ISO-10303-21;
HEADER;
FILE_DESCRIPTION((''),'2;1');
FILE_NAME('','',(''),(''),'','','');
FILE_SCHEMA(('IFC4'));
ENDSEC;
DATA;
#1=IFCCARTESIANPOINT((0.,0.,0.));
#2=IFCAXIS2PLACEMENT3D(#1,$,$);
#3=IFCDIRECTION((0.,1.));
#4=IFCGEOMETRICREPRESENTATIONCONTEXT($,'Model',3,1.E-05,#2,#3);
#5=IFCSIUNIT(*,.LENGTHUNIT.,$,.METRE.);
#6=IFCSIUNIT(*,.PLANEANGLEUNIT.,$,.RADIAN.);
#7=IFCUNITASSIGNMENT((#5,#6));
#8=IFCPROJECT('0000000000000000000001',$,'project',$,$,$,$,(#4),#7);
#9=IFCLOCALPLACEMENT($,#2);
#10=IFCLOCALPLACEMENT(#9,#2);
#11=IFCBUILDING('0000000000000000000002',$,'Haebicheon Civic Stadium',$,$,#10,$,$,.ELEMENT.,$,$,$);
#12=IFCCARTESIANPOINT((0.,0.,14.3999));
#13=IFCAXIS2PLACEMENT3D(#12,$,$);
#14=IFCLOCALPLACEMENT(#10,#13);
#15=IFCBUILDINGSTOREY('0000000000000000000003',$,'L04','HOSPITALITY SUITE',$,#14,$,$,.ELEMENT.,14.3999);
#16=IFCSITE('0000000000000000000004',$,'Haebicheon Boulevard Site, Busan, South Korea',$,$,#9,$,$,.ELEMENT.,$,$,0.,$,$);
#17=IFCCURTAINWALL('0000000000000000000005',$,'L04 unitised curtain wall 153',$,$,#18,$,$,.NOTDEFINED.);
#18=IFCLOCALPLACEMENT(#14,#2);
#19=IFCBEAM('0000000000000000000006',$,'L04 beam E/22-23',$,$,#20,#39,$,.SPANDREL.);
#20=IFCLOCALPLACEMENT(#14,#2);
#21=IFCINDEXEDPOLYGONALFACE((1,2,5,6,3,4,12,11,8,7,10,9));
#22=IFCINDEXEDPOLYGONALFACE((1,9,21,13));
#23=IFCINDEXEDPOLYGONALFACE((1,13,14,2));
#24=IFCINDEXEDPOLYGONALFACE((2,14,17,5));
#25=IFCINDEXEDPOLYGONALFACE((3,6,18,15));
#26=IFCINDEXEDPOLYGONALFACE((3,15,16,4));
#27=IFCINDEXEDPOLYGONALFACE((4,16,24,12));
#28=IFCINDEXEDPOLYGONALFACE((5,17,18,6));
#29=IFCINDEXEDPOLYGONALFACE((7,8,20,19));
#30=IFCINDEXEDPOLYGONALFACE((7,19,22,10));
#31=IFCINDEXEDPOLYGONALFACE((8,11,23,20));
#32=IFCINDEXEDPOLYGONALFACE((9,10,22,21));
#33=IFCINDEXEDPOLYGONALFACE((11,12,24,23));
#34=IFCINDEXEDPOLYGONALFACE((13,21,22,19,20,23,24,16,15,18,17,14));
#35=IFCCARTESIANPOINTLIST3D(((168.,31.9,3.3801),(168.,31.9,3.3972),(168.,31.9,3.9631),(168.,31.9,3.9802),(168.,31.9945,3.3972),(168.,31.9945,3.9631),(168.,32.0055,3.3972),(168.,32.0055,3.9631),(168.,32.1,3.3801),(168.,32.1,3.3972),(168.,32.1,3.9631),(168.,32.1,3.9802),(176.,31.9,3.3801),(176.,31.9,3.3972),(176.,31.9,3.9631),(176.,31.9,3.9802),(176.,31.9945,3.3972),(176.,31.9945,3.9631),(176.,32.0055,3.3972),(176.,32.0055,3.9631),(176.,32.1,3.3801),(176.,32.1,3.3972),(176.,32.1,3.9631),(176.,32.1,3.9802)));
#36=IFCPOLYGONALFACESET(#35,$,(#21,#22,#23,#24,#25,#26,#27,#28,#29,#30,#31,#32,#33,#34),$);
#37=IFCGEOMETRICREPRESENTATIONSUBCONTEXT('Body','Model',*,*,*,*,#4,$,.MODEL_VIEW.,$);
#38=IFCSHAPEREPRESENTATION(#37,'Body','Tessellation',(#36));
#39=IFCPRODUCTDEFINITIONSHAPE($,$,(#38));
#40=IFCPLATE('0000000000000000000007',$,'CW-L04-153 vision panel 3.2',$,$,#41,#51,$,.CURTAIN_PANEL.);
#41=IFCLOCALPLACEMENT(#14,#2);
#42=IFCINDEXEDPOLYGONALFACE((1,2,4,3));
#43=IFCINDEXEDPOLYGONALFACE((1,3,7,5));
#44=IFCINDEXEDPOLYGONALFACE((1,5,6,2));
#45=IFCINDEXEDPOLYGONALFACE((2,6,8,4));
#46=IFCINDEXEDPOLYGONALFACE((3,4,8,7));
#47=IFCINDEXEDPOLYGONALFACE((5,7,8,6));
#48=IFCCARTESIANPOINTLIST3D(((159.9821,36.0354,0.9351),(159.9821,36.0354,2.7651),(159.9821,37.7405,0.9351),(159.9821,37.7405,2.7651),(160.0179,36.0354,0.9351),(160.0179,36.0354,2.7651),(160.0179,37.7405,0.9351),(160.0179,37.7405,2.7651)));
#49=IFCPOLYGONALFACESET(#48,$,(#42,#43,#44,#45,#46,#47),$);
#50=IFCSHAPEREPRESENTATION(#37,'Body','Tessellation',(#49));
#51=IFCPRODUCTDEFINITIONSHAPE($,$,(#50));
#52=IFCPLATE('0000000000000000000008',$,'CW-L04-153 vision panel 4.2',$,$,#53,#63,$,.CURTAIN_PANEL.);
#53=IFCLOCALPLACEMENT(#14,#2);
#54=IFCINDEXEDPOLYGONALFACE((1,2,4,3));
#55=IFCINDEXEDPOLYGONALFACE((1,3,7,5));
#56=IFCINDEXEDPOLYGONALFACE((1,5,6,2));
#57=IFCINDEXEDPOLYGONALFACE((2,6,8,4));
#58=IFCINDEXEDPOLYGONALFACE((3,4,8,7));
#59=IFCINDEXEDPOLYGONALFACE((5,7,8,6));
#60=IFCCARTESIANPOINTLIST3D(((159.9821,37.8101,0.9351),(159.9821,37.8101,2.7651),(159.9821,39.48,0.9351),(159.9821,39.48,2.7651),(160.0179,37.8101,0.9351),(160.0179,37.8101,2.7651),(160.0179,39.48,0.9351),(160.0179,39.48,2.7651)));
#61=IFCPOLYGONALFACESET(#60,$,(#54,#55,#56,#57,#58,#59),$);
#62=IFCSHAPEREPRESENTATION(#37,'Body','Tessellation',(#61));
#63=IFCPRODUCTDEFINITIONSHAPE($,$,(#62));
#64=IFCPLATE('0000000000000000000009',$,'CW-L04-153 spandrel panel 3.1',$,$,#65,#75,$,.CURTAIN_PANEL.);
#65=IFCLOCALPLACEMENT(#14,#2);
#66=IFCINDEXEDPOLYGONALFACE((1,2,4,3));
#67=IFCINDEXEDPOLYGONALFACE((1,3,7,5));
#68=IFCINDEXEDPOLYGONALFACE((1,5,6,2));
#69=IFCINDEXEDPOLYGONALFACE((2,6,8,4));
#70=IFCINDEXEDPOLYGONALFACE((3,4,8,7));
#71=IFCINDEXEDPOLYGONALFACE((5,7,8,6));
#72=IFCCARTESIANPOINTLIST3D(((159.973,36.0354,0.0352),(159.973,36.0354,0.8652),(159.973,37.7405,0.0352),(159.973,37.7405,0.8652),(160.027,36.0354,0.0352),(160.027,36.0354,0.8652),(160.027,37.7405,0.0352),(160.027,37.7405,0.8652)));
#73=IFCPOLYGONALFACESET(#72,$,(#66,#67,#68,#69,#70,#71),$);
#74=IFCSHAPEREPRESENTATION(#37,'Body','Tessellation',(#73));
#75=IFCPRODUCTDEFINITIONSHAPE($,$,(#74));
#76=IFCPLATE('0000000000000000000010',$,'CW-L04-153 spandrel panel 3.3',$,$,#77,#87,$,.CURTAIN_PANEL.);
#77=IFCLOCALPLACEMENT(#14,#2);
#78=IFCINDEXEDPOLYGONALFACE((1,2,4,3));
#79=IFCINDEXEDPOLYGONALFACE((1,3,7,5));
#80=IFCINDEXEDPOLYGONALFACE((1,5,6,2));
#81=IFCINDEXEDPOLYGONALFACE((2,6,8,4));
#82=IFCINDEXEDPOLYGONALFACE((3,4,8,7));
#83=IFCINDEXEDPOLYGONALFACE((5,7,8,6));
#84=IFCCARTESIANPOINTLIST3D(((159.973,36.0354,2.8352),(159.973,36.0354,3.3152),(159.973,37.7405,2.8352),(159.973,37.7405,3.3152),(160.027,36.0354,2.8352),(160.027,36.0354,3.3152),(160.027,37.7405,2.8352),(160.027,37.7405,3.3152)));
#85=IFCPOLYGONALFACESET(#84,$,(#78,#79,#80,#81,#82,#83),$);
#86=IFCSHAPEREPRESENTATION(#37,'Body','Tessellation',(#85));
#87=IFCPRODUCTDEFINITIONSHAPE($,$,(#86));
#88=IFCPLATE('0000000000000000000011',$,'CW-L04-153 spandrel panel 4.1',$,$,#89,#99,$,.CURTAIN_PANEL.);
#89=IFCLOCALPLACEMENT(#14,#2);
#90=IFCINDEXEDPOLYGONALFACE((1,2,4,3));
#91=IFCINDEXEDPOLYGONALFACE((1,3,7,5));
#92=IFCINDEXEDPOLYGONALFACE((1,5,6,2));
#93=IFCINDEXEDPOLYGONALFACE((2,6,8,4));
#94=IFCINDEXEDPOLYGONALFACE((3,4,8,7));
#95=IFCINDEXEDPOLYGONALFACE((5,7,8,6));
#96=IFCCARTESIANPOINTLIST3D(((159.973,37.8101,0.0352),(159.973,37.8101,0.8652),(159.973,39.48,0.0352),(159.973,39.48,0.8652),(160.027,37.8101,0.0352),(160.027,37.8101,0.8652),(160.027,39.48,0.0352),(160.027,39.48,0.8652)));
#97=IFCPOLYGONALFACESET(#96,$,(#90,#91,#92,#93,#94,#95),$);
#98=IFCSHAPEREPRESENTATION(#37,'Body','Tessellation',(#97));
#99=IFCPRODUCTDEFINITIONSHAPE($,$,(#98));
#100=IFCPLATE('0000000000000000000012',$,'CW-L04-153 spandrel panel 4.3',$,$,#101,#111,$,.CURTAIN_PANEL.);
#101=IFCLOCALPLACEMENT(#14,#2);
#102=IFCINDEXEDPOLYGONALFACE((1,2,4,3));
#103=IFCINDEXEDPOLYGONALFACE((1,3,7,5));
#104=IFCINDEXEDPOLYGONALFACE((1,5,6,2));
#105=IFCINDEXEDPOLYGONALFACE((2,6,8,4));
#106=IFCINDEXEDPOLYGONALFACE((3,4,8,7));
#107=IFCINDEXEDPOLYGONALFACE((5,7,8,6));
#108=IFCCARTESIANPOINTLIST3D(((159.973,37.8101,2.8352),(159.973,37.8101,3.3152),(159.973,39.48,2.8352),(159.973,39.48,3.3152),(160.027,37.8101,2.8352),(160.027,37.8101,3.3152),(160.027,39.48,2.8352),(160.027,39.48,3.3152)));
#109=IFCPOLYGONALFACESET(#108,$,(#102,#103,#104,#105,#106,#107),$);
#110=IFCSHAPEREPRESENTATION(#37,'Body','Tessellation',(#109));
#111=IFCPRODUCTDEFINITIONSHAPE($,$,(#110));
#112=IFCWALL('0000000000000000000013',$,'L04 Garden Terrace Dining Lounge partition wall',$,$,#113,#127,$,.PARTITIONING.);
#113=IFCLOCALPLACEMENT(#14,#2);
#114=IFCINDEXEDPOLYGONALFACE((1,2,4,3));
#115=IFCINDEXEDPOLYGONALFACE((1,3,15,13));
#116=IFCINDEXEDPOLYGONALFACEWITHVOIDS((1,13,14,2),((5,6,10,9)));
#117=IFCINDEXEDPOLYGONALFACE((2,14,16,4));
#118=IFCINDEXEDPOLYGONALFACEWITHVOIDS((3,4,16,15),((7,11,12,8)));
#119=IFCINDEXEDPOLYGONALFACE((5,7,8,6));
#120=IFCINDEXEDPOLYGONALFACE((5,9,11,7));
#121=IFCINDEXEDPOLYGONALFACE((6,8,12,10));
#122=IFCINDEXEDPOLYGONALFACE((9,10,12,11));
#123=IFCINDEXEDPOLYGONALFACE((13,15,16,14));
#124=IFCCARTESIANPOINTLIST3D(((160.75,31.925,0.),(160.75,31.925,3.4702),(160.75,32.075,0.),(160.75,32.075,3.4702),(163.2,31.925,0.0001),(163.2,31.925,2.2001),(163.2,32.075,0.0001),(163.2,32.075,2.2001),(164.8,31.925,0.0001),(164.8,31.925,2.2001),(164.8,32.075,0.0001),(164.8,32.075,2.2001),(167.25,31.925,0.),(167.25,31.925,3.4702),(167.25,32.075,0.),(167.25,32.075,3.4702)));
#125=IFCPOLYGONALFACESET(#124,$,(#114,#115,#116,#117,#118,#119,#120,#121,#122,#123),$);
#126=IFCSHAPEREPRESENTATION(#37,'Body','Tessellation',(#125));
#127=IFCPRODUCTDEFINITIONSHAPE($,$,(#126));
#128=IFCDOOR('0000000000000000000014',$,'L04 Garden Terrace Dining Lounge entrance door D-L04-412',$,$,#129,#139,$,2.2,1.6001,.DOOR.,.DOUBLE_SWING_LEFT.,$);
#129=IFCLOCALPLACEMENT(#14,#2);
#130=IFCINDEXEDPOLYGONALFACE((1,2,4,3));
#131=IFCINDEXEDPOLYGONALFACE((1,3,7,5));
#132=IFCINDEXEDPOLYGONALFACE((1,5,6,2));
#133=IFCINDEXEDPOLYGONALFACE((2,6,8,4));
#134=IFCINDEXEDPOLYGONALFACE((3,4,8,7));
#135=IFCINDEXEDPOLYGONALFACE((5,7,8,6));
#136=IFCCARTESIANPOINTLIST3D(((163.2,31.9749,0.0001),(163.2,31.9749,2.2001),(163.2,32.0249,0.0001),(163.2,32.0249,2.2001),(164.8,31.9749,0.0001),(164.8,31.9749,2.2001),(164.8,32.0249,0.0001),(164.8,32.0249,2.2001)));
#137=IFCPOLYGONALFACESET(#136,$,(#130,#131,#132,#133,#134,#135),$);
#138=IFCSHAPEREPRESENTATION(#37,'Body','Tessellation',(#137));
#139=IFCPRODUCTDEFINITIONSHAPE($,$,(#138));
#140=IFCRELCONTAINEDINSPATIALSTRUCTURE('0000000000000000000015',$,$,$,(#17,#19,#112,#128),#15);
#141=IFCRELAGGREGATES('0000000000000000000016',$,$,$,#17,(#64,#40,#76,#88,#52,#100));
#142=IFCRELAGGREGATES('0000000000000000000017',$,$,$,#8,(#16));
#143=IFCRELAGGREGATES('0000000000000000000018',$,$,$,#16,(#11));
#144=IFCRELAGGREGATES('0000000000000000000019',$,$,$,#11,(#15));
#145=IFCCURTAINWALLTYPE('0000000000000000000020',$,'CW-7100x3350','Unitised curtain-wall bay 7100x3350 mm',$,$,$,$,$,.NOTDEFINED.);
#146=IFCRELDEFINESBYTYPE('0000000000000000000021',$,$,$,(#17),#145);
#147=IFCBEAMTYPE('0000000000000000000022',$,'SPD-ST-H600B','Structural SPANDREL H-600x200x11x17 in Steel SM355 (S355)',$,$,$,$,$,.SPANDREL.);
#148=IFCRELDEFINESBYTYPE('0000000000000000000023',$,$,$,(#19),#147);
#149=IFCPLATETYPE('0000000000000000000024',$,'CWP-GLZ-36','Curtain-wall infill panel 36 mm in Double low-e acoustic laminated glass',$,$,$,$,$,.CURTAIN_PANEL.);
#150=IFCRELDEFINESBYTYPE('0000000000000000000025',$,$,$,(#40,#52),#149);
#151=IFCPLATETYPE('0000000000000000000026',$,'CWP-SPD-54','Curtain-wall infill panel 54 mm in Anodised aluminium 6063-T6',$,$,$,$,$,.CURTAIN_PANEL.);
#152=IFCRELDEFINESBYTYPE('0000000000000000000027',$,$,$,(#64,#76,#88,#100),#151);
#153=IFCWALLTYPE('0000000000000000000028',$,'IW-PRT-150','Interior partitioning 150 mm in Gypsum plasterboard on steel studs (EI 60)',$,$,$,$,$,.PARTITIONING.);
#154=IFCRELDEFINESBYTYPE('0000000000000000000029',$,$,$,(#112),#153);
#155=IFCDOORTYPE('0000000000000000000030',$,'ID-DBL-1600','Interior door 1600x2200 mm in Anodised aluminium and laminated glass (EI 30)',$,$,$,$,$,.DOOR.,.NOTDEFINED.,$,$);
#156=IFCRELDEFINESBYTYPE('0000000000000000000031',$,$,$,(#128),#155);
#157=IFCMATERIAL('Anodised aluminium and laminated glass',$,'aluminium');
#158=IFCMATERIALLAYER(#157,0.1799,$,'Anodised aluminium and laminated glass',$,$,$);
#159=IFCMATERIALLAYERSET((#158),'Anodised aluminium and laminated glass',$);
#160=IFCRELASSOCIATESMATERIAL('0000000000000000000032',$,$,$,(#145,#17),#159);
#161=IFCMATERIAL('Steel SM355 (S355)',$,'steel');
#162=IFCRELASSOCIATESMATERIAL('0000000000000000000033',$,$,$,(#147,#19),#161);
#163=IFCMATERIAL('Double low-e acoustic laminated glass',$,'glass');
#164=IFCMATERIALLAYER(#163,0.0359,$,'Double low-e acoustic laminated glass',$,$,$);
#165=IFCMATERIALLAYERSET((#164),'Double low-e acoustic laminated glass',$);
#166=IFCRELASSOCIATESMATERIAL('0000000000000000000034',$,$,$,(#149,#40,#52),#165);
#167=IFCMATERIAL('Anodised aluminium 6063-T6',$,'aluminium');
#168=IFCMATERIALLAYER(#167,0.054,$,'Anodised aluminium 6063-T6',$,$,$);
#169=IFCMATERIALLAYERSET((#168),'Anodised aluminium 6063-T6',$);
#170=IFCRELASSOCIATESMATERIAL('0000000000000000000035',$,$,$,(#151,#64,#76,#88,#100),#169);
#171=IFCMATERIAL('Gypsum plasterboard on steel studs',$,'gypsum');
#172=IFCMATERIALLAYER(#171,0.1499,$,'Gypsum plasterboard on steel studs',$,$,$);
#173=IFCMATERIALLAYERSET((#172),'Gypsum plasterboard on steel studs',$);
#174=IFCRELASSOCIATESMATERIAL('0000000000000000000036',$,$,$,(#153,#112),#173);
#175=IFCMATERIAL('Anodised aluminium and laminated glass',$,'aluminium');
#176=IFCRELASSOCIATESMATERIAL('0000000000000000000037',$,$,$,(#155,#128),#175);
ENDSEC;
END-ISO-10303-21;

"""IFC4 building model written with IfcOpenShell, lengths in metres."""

from ifc_helpers import new_model, si_unit, direction, frame, frame_2d, origin, origin_2d, place, context, subcontext, project, spatial, rectangle, i_section, extrude, material, layer, layer_set, material_profile, profile_set, type_object, element, fill, aggregate, save


model = new_model("IFC4")

# Units and contexts
model_context = context("Model", 3, precision=1e-05, world=origin(), true_north=direction((0.0, 1.0)))
body_context = subcontext(model_context, "Body", "Model", "MODEL_VIEW")
ifc_project = project(units=[si_unit("LENGTHUNIT", "METRE"), si_unit("PLANEANGLEUNIT", "RADIAN")], contexts=[model_context])

# Site, building, storey
site_placement = place(None, origin())
site = spatial("IfcSite", under=ifc_project, at=site_placement, Name="Haebicheon Boulevard Site, Busan, South Korea", CompositionType="ELEMENT", RefElevation=0.0)
building_placement = place(site_placement, origin())
building = spatial("IfcBuilding", under=site, at=building_placement, Name="Haebicheon Civic Stadium", CompositionType="ELEMENT")
storey_placement = place(building_placement, frame((0.0, 0.0, 14.3999)))
storey = spatial("IfcBuildingStorey", under=building, at=storey_placement, Name="L04", Description="HOSPITALITY SUITE", CompositionType="ELEMENT", Elevation=14.3999)

# Curtain wall
ifc_material_1 = material(Name="Anodised aluminium and laminated glass", Category="aluminium")
ifc_layer_1 = layer(ifc_material_1, 0.1799, Name="Anodised aluminium and laminated glass")
ifc_layer_set_1 = layer_set([ifc_layer_1], Name="Anodised aluminium and laminated glass")
curtain_wall_type = type_object("IfcCurtainWallType", Name="CW-7100x3350", Description="Unitised curtain-wall bay 7100x3350 mm", PredefinedType="NOTDEFINED", material=ifc_layer_set_1)
curtain_wall_placement = place(storey_placement, origin())
curtain_wall = element("IfcCurtainWall", 1, at=curtain_wall_placement, inside=storey, type_object=curtain_wall_type, material=ifc_layer_set_1, Name="L04 unitised curtain wall 153", PredefinedType="NOTDEFINED")

# Beam
ifc_material_2 = material(Name="Steel SM355 (S355)", Category="steel")
ifc_material_profile_1 = material_profile(ifc_material_2, i_section(OverallWidth=0.2, OverallDepth=0.6001, WebThickness=0.011, FlangeThickness=0.0171, at=origin_2d()), Name="H-600x200x11x17")
ifc_profile_set_1 = profile_set([ifc_material_profile_1], Name="Steel SM355 (S355)")
beam_type_1 = type_object("IfcBeamType", Name="SPD-ST-H600B", Description="Structural SPANDREL H-600x200x11x17 in Steel SM355 (S355)", PredefinedType="SPANDREL", material=ifc_profile_set_1)
for number, where, z_axis, x_axis, name in (
    (2, (168.0, 32.0, 3.6802), (1.0, 0.0, 0.0), (0.0, 1.0, 0.0), "L04 beam E/22-23"),
):
    element("IfcBeam", number, at=place(storey_placement, frame(where, z_axis=z_axis, x_axis=x_axis)), inside=storey, type_object=beam_type_1, material=ifc_profile_set_1, Name=name, PredefinedType="SPANDREL", context=body_context, shape_type="SweptSolid", body=[
        extrude(i_section(OverallWidth=0.2, OverallDepth=0.6001, WebThickness=0.011, FlangeThickness=0.0171, at=origin_2d()), origin(), (0.0, 0.0, 1.0), 8.0),
    ])

# Plates
ifc_material_3 = material(Name="Double low-e acoustic laminated glass", Category="glass")
ifc_layer_2 = layer(ifc_material_3, 0.0359, Name="Double low-e acoustic laminated glass")
ifc_layer_set_2 = layer_set([ifc_layer_2], Name="Double low-e acoustic laminated glass")
plate_type_1 = type_object("IfcPlateType", Name="CWP-GLZ-36", Description="Curtain-wall infill panel 36 mm in Double low-e acoustic laminated glass", PredefinedType="CURTAIN_PANEL", material=ifc_layer_set_2)
plate_1_placement = place(storey_placement, frame((160.0, 36.8879, 0.9351), z_axis=(0.0, 0.0, 1.0), x_axis=(0.0, 1.0, 0.0)))
plate_1 = element("IfcPlate", 3, at=plate_1_placement, type_object=plate_type_1, material=ifc_layer_set_2, Name="CW-L04-153 vision panel 3.2", PredefinedType="CURTAIN_PANEL", context=body_context, shape_type="SweptSolid", body=[
    extrude(rectangle(XDim=1.7051, YDim=0.0359, at=origin_2d()), origin(), (0.0, 0.0, 1.0), 1.8301),
])
plate_2_placement = place(storey_placement, frame((160.0, 38.645, 0.9351), z_axis=(0.0, 0.0, 1.0), x_axis=(0.0, 1.0, 0.0)))
plate_2 = element("IfcPlate", 4, at=plate_2_placement, type_object=plate_type_1, material=ifc_layer_set_2, Name="CW-L04-153 vision panel 4.2", PredefinedType="CURTAIN_PANEL", context=body_context, shape_type="SweptSolid", body=[
    extrude(rectangle(XDim=1.6699, YDim=0.0359, at=origin_2d()), origin(), (0.0, 0.0, 1.0), 1.8301),
])
ifc_material_4 = material(Name="Anodised aluminium 6063-T6", Category="aluminium")
ifc_layer_3 = layer(ifc_material_4, 0.054, Name="Anodised aluminium 6063-T6")
ifc_layer_set_3 = layer_set([ifc_layer_3], Name="Anodised aluminium 6063-T6")
plate_type_2 = type_object("IfcPlateType", Name="CWP-SPD-54", Description="Curtain-wall infill panel 54 mm in Anodised aluminium 6063-T6", PredefinedType="CURTAIN_PANEL", material=ifc_layer_set_3)
plate_3_placement = place(storey_placement, frame((160.0, 36.8879, 0.0352), z_axis=(0.0, 0.0, 1.0), x_axis=(0.0, 1.0, 0.0)))
plate_3 = element("IfcPlate", 5, at=plate_3_placement, type_object=plate_type_2, material=ifc_layer_set_3, Name="CW-L04-153 spandrel panel 3.1", PredefinedType="CURTAIN_PANEL", context=body_context, shape_type="SweptSolid", body=[
    extrude(rectangle(XDim=1.7051, YDim=0.054, at=origin_2d()), origin(), (0.0, 0.0, 1.0), 0.8301),
])
plate_4_placement = place(storey_placement, frame((160.0, 36.8879, 2.8352), z_axis=(0.0, 0.0, 1.0), x_axis=(0.0, 1.0, 0.0)))
plate_4 = element("IfcPlate", 6, at=plate_4_placement, type_object=plate_type_2, material=ifc_layer_set_3, Name="CW-L04-153 spandrel panel 3.3", PredefinedType="CURTAIN_PANEL", context=body_context, shape_type="SweptSolid", body=[
    extrude(rectangle(XDim=1.7051, YDim=0.054, at=origin_2d()), origin(), (0.0, 0.0, 1.0), 0.48),
])
plate_5_placement = place(storey_placement, frame((160.0, 38.645, 0.0352), z_axis=(0.0, 0.0, 1.0), x_axis=(0.0, 1.0, 0.0)))
plate_5 = element("IfcPlate", 7, at=plate_5_placement, type_object=plate_type_2, material=ifc_layer_set_3, Name="CW-L04-153 spandrel panel 4.1", PredefinedType="CURTAIN_PANEL", context=body_context, shape_type="SweptSolid", body=[
    extrude(rectangle(XDim=1.6699, YDim=0.054, at=origin_2d()), origin(), (0.0, 0.0, 1.0), 0.8301),
])
plate_6_placement = place(storey_placement, frame((160.0, 38.645, 2.8352), z_axis=(0.0, 0.0, 1.0), x_axis=(0.0, 1.0, 0.0)))
plate_6 = element("IfcPlate", 8, at=plate_6_placement, type_object=plate_type_2, material=ifc_layer_set_3, Name="CW-L04-153 spandrel panel 4.3", PredefinedType="CURTAIN_PANEL", context=body_context, shape_type="SweptSolid", body=[
    extrude(rectangle(XDim=1.6699, YDim=0.054, at=origin_2d()), origin(), (0.0, 0.0, 1.0), 0.48),
])
aggregate(curtain_wall, [plate_3, plate_1, plate_4, plate_5, plate_2, plate_6])

# Wall, opening, door
ifc_material_5 = material(Name="Gypsum plasterboard on steel studs", Category="gypsum")
ifc_layer_4 = layer(ifc_material_5, 0.1499, Name="Gypsum plasterboard on steel studs")
ifc_layer_set_4 = layer_set([ifc_layer_4], Name="Gypsum plasterboard on steel studs")
wall_type_1 = type_object("IfcWallType", Name="IW-PRT-150", Description="Interior partitioning 150 mm in Gypsum plasterboard on steel studs (EI 60)", PredefinedType="PARTITIONING", material=ifc_layer_set_4)
wall_1_placement = place(storey_placement, frame((160.75, 32.0, 0.0), z_axis=(0.0, 0.0, 1.0), x_axis=(1.0, 0.0, 0.0)))
wall_1 = element("IfcWall", 9, at=wall_1_placement, inside=storey, type_object=wall_type_1, material=ifc_layer_set_4, Name="L04 Garden Terrace Dining Lounge partition wall", PredefinedType="PARTITIONING", context=body_context, shape_type="SweptSolid", body=[
    extrude(rectangle(XDim=6.5, YDim=0.1499, at=frame_2d((3.25, 0.0))), origin(), (0.0, 0.0, 1.0), 3.4702),
])
opening_1_placement = place(wall_1_placement, frame((2.45, 0.0, 0.0)))
opening_1 = element("IfcOpeningElement", 10, at=opening_1_placement, cuts=wall_1, PredefinedType="OPENING", context=body_context, shape_type="SweptSolid", body=[
    extrude(rectangle(XDim=1.6001, YDim=2.2, at=frame_2d((0.8, 1.1001))), frame((0.0, 0.085, 0.0), z_axis=(0.0, -1.0, 0.0), x_axis=(1.0, 0.0, 0.0)), (0.0, 0.0, 1.0), 0.1699),
])
ifc_material_6 = material(Name="Anodised aluminium and laminated glass", Category="aluminium")
door_type_1 = type_object("IfcDoorType", Name="ID-DBL-1600", Description="Interior door 1600x2200 mm in Anodised aluminium and laminated glass (EI 30)", OperationType="NOTDEFINED", PredefinedType="DOOR", material=ifc_material_6)
door_1_placement = place(opening_1_placement, origin())
door_1 = element("IfcDoor", 11, at=door_1_placement, inside=storey, type_object=door_type_1, material=ifc_material_6, Name="L04 Garden Terrace Dining Lounge entrance door D-L04-412", OperationType="DOUBLE_SWING_LEFT", OverallHeight=2.2, OverallWidth=1.6001, PredefinedType="DOOR", context=body_context, shape_type="SweptSolid", body=[
    extrude(rectangle(XDim=1.6001, YDim=2.2, at=frame_2d((0.8, 1.1001))), frame((0.0, 0.0249, 0.0), z_axis=(0.0, -1.0, 0.0), x_axis=(1.0, 0.0, 0.0)), (0.0, 0.0, 1.0), 0.05),
])
fill(opening_1, door_1)

save(model, "model.ifc")
